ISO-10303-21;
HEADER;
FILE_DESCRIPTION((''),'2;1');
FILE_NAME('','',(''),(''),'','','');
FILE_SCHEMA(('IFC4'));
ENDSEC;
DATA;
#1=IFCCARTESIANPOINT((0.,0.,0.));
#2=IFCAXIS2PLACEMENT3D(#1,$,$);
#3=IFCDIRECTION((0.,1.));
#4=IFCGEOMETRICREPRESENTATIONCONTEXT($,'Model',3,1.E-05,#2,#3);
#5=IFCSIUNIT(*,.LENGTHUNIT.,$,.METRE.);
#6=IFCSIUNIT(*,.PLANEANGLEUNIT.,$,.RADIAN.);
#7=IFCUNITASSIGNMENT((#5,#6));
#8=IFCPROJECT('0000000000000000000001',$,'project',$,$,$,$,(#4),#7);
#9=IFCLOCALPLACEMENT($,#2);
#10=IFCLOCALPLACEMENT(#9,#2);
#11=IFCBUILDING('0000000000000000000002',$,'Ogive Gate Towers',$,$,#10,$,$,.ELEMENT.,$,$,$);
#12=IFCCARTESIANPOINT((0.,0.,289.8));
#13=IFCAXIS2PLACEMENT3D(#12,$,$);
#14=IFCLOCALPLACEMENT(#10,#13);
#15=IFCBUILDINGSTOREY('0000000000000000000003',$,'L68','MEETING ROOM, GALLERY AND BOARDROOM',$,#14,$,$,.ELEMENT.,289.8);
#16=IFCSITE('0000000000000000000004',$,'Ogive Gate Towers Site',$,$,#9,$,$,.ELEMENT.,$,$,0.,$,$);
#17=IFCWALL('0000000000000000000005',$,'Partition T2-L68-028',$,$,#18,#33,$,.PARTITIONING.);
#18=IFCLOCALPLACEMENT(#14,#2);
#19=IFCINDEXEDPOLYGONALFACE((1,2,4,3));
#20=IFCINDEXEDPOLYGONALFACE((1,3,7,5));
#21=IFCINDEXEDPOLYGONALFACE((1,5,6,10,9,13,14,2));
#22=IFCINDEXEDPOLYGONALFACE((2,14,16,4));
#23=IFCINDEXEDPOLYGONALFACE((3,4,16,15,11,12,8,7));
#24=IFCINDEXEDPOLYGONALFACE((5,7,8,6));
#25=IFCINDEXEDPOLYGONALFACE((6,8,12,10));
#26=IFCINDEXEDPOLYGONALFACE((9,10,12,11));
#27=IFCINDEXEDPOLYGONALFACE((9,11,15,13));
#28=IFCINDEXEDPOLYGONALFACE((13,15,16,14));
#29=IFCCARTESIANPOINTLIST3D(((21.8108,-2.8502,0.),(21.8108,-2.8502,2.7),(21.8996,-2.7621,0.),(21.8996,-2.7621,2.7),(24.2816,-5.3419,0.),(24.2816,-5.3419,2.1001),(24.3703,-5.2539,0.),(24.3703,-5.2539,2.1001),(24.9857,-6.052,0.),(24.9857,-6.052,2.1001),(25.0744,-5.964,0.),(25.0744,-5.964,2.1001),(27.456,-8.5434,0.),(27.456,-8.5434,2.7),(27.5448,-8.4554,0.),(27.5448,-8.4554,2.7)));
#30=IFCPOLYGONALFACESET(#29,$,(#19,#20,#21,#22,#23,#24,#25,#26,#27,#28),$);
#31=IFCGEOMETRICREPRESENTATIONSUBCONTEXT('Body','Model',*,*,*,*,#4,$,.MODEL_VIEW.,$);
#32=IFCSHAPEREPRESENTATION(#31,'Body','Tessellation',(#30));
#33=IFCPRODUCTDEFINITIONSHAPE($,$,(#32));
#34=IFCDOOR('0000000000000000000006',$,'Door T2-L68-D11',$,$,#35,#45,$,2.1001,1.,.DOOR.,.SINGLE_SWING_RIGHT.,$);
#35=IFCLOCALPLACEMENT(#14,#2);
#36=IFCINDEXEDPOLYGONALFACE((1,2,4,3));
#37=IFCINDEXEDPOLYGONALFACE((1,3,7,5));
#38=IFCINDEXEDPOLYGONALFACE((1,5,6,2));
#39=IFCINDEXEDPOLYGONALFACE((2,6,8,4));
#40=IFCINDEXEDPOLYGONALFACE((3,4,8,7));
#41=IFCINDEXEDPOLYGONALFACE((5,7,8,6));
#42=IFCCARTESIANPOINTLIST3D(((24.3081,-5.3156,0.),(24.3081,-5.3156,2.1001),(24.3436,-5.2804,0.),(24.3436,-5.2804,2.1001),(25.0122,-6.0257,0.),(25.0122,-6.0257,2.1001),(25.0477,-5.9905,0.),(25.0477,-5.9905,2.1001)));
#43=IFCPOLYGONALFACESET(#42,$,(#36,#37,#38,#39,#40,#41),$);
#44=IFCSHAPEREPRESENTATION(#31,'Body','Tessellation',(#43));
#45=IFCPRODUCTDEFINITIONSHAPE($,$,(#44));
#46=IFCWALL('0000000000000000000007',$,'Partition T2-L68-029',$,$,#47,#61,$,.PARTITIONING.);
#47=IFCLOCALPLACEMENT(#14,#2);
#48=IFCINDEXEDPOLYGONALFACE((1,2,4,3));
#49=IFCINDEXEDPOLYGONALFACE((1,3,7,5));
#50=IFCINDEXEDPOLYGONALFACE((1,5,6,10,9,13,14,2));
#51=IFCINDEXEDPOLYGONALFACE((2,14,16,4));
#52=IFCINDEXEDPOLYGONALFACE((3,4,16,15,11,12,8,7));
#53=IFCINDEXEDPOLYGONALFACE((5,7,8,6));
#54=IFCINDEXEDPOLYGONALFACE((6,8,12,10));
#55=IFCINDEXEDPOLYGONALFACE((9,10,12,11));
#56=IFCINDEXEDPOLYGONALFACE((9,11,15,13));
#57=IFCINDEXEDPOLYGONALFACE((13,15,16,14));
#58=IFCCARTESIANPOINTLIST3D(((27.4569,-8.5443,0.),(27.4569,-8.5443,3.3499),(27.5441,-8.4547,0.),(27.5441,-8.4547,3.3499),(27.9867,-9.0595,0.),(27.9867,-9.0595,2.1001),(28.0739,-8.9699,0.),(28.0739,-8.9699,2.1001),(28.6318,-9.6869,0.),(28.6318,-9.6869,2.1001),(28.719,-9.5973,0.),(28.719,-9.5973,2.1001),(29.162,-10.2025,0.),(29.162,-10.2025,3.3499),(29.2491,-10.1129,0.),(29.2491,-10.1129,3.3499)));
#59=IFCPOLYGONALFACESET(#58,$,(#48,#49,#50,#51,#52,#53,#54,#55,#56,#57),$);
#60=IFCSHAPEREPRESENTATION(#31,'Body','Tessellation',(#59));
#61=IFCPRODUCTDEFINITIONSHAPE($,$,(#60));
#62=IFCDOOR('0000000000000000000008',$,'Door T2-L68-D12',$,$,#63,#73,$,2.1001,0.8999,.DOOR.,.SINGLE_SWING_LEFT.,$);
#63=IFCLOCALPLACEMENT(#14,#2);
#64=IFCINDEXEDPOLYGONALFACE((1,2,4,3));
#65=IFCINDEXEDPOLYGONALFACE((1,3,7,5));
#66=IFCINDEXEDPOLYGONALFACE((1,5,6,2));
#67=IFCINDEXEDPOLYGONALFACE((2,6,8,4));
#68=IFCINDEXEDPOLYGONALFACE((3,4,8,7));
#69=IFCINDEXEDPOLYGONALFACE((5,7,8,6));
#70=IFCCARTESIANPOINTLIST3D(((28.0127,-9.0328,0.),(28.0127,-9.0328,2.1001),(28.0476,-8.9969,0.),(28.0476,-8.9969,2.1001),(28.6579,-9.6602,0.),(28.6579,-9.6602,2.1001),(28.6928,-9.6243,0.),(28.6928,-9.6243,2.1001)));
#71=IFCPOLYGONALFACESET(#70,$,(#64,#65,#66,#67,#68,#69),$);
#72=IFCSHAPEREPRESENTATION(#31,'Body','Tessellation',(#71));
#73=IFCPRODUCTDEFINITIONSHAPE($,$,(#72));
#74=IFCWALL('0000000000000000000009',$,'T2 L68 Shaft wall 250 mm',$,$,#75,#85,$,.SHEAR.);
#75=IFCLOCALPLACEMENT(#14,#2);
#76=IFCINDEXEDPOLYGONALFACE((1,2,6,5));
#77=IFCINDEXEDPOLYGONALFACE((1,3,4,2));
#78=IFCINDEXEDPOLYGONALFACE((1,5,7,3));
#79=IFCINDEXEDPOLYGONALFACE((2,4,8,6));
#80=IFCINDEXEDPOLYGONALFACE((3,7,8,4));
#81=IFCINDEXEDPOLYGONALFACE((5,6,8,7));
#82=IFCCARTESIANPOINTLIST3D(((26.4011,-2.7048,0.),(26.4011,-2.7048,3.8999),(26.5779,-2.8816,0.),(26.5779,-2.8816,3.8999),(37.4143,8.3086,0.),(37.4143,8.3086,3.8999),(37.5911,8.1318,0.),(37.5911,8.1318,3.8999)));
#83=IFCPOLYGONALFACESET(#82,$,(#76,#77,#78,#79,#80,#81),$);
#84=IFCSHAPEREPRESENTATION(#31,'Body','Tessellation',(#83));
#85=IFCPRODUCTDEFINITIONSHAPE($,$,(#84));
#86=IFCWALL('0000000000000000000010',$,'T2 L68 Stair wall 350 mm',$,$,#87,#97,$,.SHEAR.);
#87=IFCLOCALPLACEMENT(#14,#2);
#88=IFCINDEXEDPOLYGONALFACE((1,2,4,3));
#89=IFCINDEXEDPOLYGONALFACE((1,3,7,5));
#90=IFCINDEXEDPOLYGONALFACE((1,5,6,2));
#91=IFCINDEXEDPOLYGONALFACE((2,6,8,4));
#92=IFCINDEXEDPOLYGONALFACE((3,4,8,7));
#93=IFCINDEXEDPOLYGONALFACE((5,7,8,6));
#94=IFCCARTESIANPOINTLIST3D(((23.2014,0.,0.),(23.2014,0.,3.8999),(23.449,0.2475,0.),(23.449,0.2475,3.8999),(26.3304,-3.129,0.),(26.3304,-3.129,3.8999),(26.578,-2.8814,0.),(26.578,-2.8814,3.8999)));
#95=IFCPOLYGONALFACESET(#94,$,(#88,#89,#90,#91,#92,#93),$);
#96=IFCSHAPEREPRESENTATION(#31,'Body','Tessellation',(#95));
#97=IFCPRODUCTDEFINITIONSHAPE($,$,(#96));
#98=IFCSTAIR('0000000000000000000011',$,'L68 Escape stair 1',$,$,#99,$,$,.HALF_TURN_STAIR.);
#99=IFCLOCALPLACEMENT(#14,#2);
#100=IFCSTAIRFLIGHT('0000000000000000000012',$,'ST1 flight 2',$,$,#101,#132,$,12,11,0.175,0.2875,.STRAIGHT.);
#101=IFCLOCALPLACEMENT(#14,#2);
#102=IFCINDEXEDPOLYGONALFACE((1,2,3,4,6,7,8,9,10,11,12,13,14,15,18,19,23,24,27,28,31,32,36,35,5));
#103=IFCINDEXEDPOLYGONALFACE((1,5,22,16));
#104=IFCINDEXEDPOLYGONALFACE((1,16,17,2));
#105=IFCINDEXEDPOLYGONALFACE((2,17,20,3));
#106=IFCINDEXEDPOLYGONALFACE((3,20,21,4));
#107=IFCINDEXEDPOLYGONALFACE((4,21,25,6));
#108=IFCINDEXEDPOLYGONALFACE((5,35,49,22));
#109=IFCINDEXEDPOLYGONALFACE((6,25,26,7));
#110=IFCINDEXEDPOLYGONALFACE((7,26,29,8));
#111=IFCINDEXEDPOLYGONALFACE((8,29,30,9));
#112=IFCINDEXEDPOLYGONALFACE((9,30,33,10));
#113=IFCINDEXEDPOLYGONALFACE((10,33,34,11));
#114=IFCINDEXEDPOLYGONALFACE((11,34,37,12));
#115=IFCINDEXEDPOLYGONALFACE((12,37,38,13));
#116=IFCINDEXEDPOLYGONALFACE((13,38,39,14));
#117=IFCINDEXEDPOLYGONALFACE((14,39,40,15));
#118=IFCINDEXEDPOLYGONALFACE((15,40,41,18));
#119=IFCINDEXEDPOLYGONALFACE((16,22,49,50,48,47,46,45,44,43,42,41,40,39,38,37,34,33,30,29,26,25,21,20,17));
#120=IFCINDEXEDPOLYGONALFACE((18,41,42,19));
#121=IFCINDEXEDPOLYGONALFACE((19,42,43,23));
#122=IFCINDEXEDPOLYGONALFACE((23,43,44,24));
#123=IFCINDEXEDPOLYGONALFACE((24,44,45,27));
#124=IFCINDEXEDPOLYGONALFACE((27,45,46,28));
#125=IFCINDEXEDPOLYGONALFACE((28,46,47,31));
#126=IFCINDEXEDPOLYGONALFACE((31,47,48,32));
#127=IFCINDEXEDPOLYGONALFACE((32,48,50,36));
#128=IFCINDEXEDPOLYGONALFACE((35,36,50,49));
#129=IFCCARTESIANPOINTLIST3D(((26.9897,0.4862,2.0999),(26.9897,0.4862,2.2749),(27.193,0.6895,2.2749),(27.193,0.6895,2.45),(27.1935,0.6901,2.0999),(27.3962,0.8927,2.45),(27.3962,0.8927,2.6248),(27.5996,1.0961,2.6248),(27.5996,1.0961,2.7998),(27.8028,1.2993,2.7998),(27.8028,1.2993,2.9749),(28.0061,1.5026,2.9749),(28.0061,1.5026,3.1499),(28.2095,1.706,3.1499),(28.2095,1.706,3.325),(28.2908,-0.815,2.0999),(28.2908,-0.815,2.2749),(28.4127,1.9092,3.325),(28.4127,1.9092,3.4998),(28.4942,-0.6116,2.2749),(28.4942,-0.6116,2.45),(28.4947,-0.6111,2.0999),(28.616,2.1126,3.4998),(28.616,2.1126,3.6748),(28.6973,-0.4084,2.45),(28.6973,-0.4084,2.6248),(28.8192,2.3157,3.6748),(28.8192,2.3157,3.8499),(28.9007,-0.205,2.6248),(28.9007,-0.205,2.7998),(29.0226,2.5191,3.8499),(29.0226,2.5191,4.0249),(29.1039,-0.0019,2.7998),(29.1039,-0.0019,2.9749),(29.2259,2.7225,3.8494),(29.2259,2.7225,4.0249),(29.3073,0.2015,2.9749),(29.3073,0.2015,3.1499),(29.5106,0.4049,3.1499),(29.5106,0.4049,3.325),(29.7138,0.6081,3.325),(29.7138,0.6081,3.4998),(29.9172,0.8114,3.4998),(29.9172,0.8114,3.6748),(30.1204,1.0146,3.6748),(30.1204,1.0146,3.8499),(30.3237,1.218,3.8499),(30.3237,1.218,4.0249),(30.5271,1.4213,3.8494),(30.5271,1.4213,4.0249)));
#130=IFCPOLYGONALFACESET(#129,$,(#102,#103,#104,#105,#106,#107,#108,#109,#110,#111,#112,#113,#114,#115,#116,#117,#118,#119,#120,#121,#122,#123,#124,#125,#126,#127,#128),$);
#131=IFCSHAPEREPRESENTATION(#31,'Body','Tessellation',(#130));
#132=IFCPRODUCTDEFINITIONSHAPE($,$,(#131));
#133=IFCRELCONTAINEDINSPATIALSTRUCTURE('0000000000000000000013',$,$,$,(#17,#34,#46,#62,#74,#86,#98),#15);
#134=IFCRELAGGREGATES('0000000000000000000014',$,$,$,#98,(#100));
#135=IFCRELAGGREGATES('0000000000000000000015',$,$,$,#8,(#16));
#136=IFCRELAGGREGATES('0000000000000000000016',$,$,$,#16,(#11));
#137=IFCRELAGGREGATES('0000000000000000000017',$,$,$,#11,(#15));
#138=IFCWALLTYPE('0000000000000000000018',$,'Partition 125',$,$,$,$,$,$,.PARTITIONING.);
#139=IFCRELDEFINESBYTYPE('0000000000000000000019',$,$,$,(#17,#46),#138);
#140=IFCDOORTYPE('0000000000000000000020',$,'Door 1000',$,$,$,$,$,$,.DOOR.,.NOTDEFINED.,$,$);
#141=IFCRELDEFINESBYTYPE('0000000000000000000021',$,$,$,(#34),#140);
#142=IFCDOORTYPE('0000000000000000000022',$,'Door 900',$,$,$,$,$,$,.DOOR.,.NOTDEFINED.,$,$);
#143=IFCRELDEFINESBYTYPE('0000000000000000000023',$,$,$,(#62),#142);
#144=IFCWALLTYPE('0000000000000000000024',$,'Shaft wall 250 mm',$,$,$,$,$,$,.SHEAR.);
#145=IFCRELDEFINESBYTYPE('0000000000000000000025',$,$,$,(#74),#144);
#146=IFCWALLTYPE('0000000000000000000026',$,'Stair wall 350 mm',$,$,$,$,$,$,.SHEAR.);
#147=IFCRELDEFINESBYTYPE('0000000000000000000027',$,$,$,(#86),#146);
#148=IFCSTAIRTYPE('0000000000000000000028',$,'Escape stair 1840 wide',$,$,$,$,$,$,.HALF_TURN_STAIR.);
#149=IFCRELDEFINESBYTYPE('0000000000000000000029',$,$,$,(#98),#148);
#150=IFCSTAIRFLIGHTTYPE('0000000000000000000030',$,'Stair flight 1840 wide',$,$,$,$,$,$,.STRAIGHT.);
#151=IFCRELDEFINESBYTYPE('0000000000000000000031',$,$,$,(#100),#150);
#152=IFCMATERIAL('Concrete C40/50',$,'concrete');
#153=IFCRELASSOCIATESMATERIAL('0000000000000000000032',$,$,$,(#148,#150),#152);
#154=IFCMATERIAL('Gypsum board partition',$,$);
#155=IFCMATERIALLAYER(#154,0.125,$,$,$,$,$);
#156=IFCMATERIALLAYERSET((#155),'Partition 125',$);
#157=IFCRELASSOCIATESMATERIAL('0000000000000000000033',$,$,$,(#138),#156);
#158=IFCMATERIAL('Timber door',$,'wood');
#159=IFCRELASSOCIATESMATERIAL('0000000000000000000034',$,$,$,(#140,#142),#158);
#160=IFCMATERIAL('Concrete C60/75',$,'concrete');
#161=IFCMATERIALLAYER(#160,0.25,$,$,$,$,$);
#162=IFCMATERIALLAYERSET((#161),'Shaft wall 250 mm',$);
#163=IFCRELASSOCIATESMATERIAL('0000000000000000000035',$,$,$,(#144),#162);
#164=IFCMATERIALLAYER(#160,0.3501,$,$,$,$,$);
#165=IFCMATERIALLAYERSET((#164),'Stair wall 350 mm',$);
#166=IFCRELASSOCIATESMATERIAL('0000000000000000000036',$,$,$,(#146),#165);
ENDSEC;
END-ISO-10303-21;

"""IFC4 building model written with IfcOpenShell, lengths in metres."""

from ifc_helpers import new_model, si_unit, direction, frame, frame_2d, origin, place, context, subcontext, project, spatial, polyline, rectangle, outline, extrude, material, layer, layer_set, type_object, element, fill, aggregate, save


model = new_model("IFC4")

# Units and contexts
model_context = context("Model", 3, precision=1e-05, world=origin(), true_north=direction((0.0, 1.0)))
body_context = subcontext(model_context, "Body", "Model", "MODEL_VIEW")
ifc_project = project(units=[si_unit("LENGTHUNIT", "METRE"), si_unit("PLANEANGLEUNIT", "RADIAN")], contexts=[model_context])

# Site, building, storey
site_placement = place(None, origin())
site = spatial("IfcSite", under=ifc_project, at=site_placement, Name="Ogive Gate Towers Site", CompositionType="ELEMENT", RefElevation=0.0)
building_placement = place(site_placement, origin())
building = spatial("IfcBuilding", under=site, at=building_placement, Name="Ogive Gate Towers", CompositionType="ELEMENT")
storey_placement = place(building_placement, frame((0.0, 0.0, 289.8)))
storey = spatial("IfcBuildingStorey", under=building, at=storey_placement, Name="L68", Description="MEETING ROOM, GALLERY AND BOARDROOM", CompositionType="ELEMENT", Elevation=289.8)

# Shared definitions
ifc_material_1 = material(Name="Concrete C40/50", Category="concrete")
stair_type = type_object("IfcStairType", Name="Escape stair 1840 wide", PredefinedType="HALF_TURN_STAIR", material=ifc_material_1)

# Shared definitions
ifc_material_2 = material(Name="Gypsum board partition")
ifc_layer_1 = layer(ifc_material_2, 0.125)
ifc_layer_set_1 = layer_set([ifc_layer_1], Name="Partition 125")
wall_type_1 = type_object("IfcWallType", Name="Partition 125", PredefinedType="PARTITIONING", material=ifc_layer_set_1)

# Walls, openings, doors
wall_1_placement = place(storey_placement, frame((21.8552, -2.8062, 0.0), z_axis=(0.0, 0.0, 1.0), x_axis=(0.704101, -0.7101, 0.0)))
wall_1 = element("IfcWall", 1, at=wall_1_placement, inside=storey, type_object=wall_type_1, Name="Partition T2-L68-028", PredefinedType="PARTITIONING", context=body_context, shape_type="SweptSolid", body=[
    extrude(rectangle(XDim=8.0176, YDim=0.125, at=frame_2d((4.0088, 0.0))), origin(), (0.0, 0.0, 1.0), 2.7),
])
opening_1_placement = place(wall_1_placement, frame((3.509, 0.0, 0.0)))
opening_1 = element("IfcOpeningElement", 2, at=opening_1_placement, cuts=wall_1, PredefinedType="OPENING", context=body_context, shape_type="SweptSolid", body=[
    extrude(rectangle(XDim=1.0, YDim=2.1001, at=frame_2d((0.5, 1.05))), frame((0.0, 0.0725, 0.0), z_axis=(0.0, -1.0, 0.0), x_axis=(1.0, 0.0, 0.0)), (0.0, 0.0, 1.0), 0.145),
])
ifc_material_3 = material(Name="Timber door", Category="wood")
door_type_1 = type_object("IfcDoorType", Name="Door 1000", OperationType="NOTDEFINED", PredefinedType="DOOR", material=ifc_material_3)
door_1_placement = place(opening_1_placement, origin())
door_1 = element("IfcDoor", 3, at=door_1_placement, inside=storey, type_object=door_type_1, Name="Door T2-L68-D11", OperationType="SINGLE_SWING_RIGHT", OverallHeight=2.1001, OverallWidth=1.0, PredefinedType="DOOR", context=body_context, shape_type="SweptSolid", body=[
    extrude(rectangle(XDim=1.0, YDim=2.1001, at=frame_2d((0.5, 1.05))), frame((0.0, 0.0249, 0.0), z_axis=(0.0, -1.0, 0.0), x_axis=(1.0, 0.0, 0.0)), (0.0, 0.0, 1.0), 0.05),
])
fill(opening_1, door_1)
wall_2_placement = place(storey_placement, frame((27.5005, -8.4995, 0.0), z_axis=(0.0, 0.0, 1.0), x_axis=(0.716892, -0.697184, 0.0)))
wall_2 = element("IfcWall", 4, at=wall_2_placement, inside=storey, type_object=wall_type_1, Name="Partition T2-L68-029", PredefinedType="PARTITIONING", context=body_context, shape_type="SweptSolid", body=[
    extrude(rectangle(XDim=2.3784, YDim=0.125, at=frame_2d((1.1892, 0.0))), origin(), (0.0, 0.0, 1.0), 3.3499),
])
opening_2_placement = place(wall_2_placement, frame((0.739, 0.0, 0.0)))
opening_2 = element("IfcOpeningElement", 5, at=opening_2_placement, cuts=wall_2, PredefinedType="OPENING", context=body_context, shape_type="SweptSolid", body=[
    extrude(rectangle(XDim=0.8999, YDim=2.1001, at=frame_2d((0.45, 1.05))), frame((0.0, 0.0725, 0.0), z_axis=(0.0, -1.0, 0.0), x_axis=(1.0, 0.0, 0.0)), (0.0, 0.0, 1.0), 0.145),
])
door_type_2 = type_object("IfcDoorType", Name="Door 900", OperationType="NOTDEFINED", PredefinedType="DOOR", material=ifc_material_3)
door_2_placement = place(opening_2_placement, origin())
door_2 = element("IfcDoor", 6, at=door_2_placement, inside=storey, type_object=door_type_2, Name="Door T2-L68-D12", OperationType="SINGLE_SWING_LEFT", OverallHeight=2.1001, OverallWidth=0.8999, PredefinedType="DOOR", context=body_context, shape_type="SweptSolid", body=[
    extrude(rectangle(XDim=0.8999, YDim=2.1001, at=frame_2d((0.45, 1.05))), frame((0.0, 0.0249, 0.0), z_axis=(0.0, -1.0, 0.0), x_axis=(1.0, 0.0, 0.0)), (0.0, 0.0, 1.0), 0.05),
])
fill(opening_2, door_2)

# Walls
ifc_material_4 = material(Name="Concrete C60/75", Category="concrete")
ifc_layer_2 = layer(ifc_material_4, 0.25)
ifc_layer_set_2 = layer_set([ifc_layer_2], Name="Shaft wall 250 mm")
wall_type_2 = type_object("IfcWallType", Name="Shaft wall 250 mm", PredefinedType="SHEAR", material=ifc_layer_set_2)
wall_3_placement = place(storey_placement, frame((26.4895, -2.7932, 0.0), z_axis=(0.0, 0.0, 1.0), x_axis=(0.707099, 0.707115, 0.0)))
element("IfcWall", 7, at=wall_3_placement, inside=storey, type_object=wall_type_2, Name="T2 L68 Shaft wall 250 mm", PredefinedType="SHEAR", context=body_context, shape_type="SweptSolid", body=[
    extrude(rectangle(XDim=15.5752, YDim=0.25, at=frame_2d((7.7876, 0.0))), origin(), (0.0, 0.0, 1.0), 3.8999),
])
ifc_layer_3 = layer(ifc_material_4, 0.3501)
ifc_layer_set_3 = layer_set([ifc_layer_3], Name="Stair wall 350 mm")
wall_type_3 = type_object("IfcWallType", Name="Stair wall 350 mm", PredefinedType="SHEAR", material=ifc_layer_set_3)
wall_4_placement = place(storey_placement, frame((26.4541, -3.0051, 0.0), z_axis=(0.0, 0.0, 1.0), x_axis=(-0.707107, 0.707107, 0.0)))
element("IfcWall", 8, at=wall_4_placement, inside=storey, type_object=wall_type_3, Name="T2 L68 Stair wall 350 mm", PredefinedType="SHEAR", context=body_context, shape_type="SweptSolid", body=[
    extrude(rectangle(XDim=4.425, YDim=0.3501, at=frame_2d((2.2124, 0.0))), origin(), (0.0, 0.0, 1.0), 3.8999),
])

# Stair, stair flight
stair_1_placement = place(storey_placement, origin())
stair_1 = element("IfcStair", 9, at=stair_1_placement, inside=storey, type_object=stair_type, Name="L68 Escape stair 1", PredefinedType="HALF_TURN_STAIR")
stair_flight_type = type_object("IfcStairFlightType", Name="Stair flight 1840 wide", PredefinedType="STRAIGHT", material=ifc_material_1)
stair_flight_placement = place(storey_placement, frame((27.6401, -0.1643, 2.0999), z_axis=(0.0, 0.0, 1.0), x_axis=(0.707107, 0.707107, 0.0)))
stair_flight = element("IfcStairFlight", 10, at=stair_flight_placement, type_object=stair_flight_type, Name="ST1 flight 2", NumberOfRisers=12, NumberOfTreads=11, PredefinedType="STRAIGHT", RiserHeight=0.175, TreadLength=0.2875, context=body_context, shape_type="SweptSolid", body=[
    extrude(outline(polyline([(0.0, 0.0), (0.0, 0.175), (0.2876, 0.175), (0.2876, 0.3501), (0.575, 0.3501), (0.575, 0.5249), (0.8625, 0.5249), (0.8625, 0.7), (1.1499, 0.7), (1.1499, 0.875), (1.4375, 0.875), (1.4375, 1.05), (1.7251, 1.05), (1.7251, 1.2251), (2.0125, 1.2251), (2.0125, 1.3999), (2.3, 1.3999), (2.3, 1.575), (2.5874, 1.575), (2.5874, 1.75), (2.875, 1.75), (2.875, 1.925), (3.1626, 1.925), (3.1626, 2.1001), (3.1626, 1.7495), (0.2883, 0.0), (0.0, 0.0)])), frame((0.0, 0.9199, 0.0), z_axis=(0.0, -1.0, 0.0), x_axis=(1.0, 0.0, 0.0)), (0.0, 0.0, 1.0), 1.8401),
])
aggregate(stair_1, [stair_flight])

save(model, "model.ifc")
